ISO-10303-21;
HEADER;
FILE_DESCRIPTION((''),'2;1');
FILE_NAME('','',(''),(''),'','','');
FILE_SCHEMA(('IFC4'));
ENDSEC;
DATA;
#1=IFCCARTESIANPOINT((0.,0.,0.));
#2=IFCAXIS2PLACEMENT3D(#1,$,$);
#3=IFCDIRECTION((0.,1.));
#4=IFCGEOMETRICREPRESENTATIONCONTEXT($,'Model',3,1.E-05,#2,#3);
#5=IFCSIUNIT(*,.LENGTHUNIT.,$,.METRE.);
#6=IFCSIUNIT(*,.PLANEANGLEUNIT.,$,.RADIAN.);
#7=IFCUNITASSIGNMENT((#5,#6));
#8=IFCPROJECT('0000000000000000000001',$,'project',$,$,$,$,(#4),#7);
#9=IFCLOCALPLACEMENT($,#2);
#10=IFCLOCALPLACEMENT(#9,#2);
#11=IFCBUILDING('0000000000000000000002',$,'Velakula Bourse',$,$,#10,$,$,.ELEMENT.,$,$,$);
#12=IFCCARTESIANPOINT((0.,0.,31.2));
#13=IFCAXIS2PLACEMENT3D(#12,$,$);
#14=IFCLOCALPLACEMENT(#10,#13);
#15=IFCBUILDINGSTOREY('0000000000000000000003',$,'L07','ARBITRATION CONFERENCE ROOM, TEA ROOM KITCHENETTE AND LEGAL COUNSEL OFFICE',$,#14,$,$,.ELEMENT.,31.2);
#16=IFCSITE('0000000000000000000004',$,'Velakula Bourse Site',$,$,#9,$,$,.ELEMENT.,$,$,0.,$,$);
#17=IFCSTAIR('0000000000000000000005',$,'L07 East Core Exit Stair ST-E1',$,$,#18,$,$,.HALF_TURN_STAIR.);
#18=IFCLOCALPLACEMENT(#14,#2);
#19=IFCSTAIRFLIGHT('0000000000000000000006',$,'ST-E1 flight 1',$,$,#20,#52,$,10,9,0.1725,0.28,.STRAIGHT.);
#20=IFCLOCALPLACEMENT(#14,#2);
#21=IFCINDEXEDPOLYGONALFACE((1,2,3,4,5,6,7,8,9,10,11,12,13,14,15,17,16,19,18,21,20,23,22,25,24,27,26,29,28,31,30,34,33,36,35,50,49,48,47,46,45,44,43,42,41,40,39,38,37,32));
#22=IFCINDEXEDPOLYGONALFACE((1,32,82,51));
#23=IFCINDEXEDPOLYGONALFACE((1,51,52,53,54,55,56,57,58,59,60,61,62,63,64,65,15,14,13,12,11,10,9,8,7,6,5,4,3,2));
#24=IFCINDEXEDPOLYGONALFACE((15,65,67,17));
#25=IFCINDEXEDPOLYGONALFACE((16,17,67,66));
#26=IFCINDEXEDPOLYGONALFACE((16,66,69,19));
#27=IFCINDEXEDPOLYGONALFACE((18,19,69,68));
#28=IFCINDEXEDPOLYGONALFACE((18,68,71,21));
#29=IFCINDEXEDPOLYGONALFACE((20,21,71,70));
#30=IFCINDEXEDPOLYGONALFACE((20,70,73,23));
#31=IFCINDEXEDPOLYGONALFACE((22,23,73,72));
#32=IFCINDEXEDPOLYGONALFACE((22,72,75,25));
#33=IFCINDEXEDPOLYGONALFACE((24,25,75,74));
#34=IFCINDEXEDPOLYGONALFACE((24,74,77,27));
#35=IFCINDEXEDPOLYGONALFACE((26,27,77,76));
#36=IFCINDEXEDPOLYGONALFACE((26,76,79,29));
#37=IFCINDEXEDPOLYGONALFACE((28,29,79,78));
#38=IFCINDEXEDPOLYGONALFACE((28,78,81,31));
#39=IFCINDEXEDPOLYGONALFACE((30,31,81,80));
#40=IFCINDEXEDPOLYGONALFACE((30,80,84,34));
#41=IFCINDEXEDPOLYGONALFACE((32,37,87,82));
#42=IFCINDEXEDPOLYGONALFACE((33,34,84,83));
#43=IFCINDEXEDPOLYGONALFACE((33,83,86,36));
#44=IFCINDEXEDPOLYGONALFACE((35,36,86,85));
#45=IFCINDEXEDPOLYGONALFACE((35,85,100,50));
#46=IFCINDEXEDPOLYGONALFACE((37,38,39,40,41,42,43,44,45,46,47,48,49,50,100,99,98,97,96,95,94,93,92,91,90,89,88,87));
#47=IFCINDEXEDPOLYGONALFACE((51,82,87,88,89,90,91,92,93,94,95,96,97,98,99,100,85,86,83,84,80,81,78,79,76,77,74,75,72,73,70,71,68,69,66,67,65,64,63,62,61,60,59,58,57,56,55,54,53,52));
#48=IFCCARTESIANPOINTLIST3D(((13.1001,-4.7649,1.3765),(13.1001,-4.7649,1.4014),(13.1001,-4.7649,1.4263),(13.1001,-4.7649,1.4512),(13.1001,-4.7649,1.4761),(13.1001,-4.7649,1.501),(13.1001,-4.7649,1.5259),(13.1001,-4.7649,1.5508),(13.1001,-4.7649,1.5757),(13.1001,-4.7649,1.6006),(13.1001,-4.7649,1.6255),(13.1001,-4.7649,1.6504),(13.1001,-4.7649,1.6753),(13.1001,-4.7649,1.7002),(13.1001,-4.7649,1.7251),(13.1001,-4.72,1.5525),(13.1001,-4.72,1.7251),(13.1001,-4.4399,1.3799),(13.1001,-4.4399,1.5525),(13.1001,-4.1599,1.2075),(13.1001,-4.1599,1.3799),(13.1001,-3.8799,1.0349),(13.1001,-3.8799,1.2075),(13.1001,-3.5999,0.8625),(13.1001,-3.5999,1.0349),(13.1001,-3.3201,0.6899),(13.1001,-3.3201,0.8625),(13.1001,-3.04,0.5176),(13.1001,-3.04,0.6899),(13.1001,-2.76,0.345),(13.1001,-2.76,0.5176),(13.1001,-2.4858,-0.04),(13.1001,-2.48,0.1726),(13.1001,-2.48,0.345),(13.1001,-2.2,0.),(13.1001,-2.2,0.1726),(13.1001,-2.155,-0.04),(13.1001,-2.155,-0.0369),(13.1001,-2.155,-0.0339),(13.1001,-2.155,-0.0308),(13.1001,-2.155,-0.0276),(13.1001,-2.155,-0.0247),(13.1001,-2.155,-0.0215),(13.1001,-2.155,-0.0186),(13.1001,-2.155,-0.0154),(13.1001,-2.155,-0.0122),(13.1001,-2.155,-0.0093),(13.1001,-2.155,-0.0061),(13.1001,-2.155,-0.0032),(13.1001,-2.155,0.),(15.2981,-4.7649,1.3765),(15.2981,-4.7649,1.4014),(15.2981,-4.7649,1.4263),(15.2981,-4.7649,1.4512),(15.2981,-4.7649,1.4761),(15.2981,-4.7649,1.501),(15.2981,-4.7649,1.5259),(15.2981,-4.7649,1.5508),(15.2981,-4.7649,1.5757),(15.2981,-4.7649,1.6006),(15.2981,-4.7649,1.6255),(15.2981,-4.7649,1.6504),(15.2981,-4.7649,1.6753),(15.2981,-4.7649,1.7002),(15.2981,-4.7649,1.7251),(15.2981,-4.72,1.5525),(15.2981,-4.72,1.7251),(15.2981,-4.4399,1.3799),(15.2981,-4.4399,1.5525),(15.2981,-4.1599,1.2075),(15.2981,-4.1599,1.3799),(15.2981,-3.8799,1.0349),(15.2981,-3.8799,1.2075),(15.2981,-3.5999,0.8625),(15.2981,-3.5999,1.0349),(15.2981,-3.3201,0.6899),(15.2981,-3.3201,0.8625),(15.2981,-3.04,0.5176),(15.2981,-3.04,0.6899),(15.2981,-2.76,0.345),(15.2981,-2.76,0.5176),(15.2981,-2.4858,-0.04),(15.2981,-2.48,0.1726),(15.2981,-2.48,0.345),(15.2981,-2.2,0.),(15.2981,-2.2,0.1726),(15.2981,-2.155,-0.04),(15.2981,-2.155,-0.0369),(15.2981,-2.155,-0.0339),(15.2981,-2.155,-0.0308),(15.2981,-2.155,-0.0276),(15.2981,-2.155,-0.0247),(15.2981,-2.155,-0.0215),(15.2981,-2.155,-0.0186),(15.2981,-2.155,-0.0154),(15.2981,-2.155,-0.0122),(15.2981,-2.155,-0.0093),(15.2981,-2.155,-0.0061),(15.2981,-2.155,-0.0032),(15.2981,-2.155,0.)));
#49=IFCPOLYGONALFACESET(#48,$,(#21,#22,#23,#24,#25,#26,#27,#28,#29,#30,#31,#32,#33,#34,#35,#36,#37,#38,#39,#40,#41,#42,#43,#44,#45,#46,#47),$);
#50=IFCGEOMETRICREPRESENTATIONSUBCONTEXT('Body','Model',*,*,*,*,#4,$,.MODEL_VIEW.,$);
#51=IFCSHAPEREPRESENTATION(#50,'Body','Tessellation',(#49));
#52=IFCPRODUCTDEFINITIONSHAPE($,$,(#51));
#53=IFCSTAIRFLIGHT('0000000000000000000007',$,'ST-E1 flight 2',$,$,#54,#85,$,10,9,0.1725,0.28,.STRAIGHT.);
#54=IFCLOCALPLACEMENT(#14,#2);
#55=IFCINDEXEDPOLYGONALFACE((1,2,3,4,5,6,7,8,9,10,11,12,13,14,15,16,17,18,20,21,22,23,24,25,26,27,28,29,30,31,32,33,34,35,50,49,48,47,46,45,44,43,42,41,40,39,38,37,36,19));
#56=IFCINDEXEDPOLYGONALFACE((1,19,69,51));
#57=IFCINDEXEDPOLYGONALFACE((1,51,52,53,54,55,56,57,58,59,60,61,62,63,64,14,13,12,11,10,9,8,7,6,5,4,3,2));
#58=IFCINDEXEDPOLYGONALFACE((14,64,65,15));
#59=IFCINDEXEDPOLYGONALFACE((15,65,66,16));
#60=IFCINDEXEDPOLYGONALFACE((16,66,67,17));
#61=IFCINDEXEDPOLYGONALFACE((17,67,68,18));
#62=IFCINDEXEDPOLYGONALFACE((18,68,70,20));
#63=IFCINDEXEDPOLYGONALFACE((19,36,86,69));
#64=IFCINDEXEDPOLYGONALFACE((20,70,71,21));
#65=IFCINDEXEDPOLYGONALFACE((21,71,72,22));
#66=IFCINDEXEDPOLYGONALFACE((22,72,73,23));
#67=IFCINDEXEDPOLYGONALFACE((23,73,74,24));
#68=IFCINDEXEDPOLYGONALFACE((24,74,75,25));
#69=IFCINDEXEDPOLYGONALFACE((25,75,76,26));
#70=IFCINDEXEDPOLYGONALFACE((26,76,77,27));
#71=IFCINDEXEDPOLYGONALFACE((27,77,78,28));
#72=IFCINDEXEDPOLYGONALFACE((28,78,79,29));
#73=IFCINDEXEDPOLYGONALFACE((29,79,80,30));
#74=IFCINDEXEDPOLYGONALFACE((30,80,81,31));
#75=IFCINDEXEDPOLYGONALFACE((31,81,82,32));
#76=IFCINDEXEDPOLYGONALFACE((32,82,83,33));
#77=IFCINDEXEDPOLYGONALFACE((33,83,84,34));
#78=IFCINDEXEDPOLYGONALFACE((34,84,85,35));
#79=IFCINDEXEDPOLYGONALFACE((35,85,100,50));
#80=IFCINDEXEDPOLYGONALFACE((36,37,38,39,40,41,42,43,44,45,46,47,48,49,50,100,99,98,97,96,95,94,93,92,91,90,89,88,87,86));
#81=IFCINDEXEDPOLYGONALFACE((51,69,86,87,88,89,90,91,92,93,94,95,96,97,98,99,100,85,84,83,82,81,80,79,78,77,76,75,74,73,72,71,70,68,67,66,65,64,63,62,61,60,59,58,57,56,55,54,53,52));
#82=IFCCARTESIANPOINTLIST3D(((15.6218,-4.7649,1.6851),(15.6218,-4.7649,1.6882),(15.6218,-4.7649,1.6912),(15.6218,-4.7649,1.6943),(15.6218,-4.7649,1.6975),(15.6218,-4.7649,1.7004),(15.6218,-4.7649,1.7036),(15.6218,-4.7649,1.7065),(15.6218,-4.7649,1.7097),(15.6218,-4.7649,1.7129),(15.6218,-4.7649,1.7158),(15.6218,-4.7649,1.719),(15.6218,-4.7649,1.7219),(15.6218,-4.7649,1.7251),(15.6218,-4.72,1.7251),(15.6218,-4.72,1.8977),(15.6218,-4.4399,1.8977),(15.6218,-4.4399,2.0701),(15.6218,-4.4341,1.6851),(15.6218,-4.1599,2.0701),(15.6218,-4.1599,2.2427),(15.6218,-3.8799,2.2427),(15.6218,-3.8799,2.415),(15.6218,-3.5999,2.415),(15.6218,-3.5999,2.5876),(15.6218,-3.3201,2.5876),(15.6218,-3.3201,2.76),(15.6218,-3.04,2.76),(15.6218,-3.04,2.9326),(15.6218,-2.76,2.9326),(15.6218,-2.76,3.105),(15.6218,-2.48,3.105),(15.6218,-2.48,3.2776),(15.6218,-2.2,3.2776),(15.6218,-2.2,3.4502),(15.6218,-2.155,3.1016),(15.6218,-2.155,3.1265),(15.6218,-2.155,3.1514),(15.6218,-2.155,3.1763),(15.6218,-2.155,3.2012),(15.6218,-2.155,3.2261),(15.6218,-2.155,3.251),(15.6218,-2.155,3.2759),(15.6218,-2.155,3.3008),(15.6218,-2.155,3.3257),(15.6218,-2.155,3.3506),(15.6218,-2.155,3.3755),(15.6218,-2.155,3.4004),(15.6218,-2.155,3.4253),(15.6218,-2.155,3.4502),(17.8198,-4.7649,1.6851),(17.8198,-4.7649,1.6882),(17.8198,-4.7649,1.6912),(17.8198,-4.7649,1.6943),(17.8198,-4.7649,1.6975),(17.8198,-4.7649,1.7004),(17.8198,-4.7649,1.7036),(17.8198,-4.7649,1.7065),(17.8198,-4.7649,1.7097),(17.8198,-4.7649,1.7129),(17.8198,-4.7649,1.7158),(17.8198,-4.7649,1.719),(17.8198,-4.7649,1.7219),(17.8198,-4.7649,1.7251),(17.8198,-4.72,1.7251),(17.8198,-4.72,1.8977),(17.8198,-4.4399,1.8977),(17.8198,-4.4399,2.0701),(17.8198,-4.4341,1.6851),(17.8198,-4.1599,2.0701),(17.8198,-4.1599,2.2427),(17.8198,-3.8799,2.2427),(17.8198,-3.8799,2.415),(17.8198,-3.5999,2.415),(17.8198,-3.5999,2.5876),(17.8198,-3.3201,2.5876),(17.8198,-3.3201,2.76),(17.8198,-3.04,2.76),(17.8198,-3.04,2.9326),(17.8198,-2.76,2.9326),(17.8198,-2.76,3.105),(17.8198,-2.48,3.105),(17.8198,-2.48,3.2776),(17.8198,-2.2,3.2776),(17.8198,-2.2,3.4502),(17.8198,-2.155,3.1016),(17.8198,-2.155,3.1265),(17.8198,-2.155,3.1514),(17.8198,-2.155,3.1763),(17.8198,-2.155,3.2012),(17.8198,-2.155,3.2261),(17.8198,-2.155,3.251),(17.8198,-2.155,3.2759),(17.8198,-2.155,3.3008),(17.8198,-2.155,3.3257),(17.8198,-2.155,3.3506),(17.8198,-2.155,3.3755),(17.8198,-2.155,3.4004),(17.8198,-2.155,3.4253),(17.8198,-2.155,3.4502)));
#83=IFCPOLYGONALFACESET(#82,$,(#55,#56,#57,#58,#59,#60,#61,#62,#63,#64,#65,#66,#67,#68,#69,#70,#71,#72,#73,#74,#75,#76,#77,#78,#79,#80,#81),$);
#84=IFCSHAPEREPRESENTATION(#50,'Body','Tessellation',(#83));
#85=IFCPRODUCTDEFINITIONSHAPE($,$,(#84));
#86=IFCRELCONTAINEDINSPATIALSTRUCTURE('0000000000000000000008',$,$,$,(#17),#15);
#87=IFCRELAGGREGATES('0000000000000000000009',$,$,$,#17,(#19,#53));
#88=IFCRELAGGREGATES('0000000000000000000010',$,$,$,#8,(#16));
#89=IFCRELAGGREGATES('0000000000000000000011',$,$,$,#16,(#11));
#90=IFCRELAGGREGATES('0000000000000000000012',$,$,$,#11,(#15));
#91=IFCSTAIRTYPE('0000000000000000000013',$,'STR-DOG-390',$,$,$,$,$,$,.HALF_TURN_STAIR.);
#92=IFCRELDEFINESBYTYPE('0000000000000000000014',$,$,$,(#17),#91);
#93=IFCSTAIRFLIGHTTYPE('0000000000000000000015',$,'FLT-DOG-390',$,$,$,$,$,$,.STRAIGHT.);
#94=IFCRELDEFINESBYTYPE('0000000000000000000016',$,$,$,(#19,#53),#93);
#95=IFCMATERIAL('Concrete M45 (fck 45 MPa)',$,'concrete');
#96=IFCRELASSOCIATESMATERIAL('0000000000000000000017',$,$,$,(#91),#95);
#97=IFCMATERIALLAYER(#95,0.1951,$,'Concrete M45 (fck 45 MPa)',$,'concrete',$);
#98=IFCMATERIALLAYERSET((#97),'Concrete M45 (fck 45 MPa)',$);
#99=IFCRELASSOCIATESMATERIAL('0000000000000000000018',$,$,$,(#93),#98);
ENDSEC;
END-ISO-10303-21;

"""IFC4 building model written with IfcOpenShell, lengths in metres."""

from ifc_helpers import new_model, si_unit, direction, frame, origin, place, context, subcontext, project, spatial, polyline, outline, extrude, material, layer, layer_set, type_object, element, aggregate, save


model = new_model("IFC4")

# Units and contexts
model_context = context("Model", 3, precision=1e-05, world=origin(), true_north=direction((0.0, 1.0)))
body_context = subcontext(model_context, "Body", "Model", "MODEL_VIEW")
ifc_project = project(units=[si_unit("LENGTHUNIT", "METRE"), si_unit("PLANEANGLEUNIT", "RADIAN")], contexts=[model_context])

# Site, building, storey
site_placement = place(None, origin())
site = spatial("IfcSite", under=ifc_project, at=site_placement, Name="Velakula Bourse Site", CompositionType="ELEMENT", RefElevation=0.0)
building_placement = place(site_placement, origin())
building = spatial("IfcBuilding", under=site, at=building_placement, Name="Velakula Bourse", CompositionType="ELEMENT")
storey_placement = place(building_placement, frame((0.0, 0.0, 31.2)))
storey = spatial("IfcBuildingStorey", under=building, at=storey_placement, Name="L07", Description="ARBITRATION CONFERENCE ROOM, TEA ROOM KITCHENETTE AND LEGAL COUNSEL OFFICE", CompositionType="ELEMENT", Elevation=31.2)

# Stair, stair flights
ifc_material_1 = material(Name="Concrete M45 (fck 45 MPa)", Category="concrete")
stair_type = type_object("IfcStairType", Name="STR-DOG-390", PredefinedType="HALF_TURN_STAIR", material=ifc_material_1)
stair_placement = place(storey_placement, origin())
stair = element("IfcStair", 1, at=stair_placement, inside=storey, type_object=stair_type, Name="L07 East Core Exit Stair ST-E1", PredefinedType="HALF_TURN_STAIR")
ifc_layer_1 = layer(ifc_material_1, 0.1951, Name="Concrete M45 (fck 45 MPa)", Category="concrete")
ifc_layer_set_1 = layer_set([ifc_layer_1], Name="Concrete M45 (fck 45 MPa)")
stair_flight_type = type_object("IfcStairFlightType", Name="FLT-DOG-390", PredefinedType="STRAIGHT", material=ifc_layer_set_1)
stair_flight_1_placement = place(storey_placement, frame((14.199, -2.2, 0.0), z_axis=(0.0, 0.0, 1.0), x_axis=(0.0, -1.0, 0.0)))
stair_flight_1 = element("IfcStairFlight", 2, at=stair_flight_1_placement, type_object=stair_flight_type, Name="ST-E1 flight 1", NumberOfRisers=10, NumberOfTreads=9, PredefinedType="STRAIGHT", RiserHeight=0.1725, TreadLength=0.28, context=body_context, shape_type="SweptSolid", body=[
    extrude(outline(polyline([(-0.0449, -0.04), (-0.0449, -0.0369), (-0.0449, -0.0339), (-0.0449, -0.0308), (-0.0449, -0.0276), (-0.0449, -0.0247), (-0.0449, -0.0215), (-0.0449, -0.0186), (-0.0449, -0.0154), (-0.0449, -0.0122), (-0.0449, -0.0093), (-0.0449, -0.0061), (-0.0449, -0.0032), (-0.0449, 0.0), (0.0, 0.0), (0.0, 0.1726), (0.28, 0.1726), (0.28, 0.345), (0.5601, 0.345), (0.5601, 0.5176), (0.8401, 0.5176), (0.8401, 0.6899), (1.1201, 0.6899), (1.1201, 0.8625), (1.3999, 0.8625), (1.3999, 1.0349), (1.6799, 1.0349), (1.6799, 1.2075), (1.96, 1.2075), (1.96, 1.3799), (2.24, 1.3799), (2.24, 1.5525), (2.52, 1.5525), (2.52, 1.7251), (2.5649, 1.7251), (2.5649, 1.7002), (2.5649, 1.6753), (2.5649, 1.6504), (2.5649, 1.6255), (2.5649, 1.6006), (2.5649, 1.5757), (2.5649, 1.5508), (2.5649, 1.5259), (2.5649, 1.501), (2.5649, 1.4761), (2.5649, 1.4512), (2.5649, 1.4263), (2.5649, 1.4014), (2.5649, 1.3765), (0.2859, -0.04), (-0.0449, -0.04)])), frame((0.0, 1.0991, 0.0), z_axis=(0.0, -1.0, 0.0), x_axis=(1.0, 0.0, 0.0)), (0.0, 0.0, 1.0), 2.198),
])
stair_flight_2_placement = place(storey_placement, frame((16.7209, -4.72, 1.7251), z_axis=(0.0, 0.0, 1.0), x_axis=(0.0, 1.0, 0.0)))
stair_flight_2 = element("IfcStairFlight", 3, at=stair_flight_2_placement, type_object=stair_flight_type, Name="ST-E1 flight 2", NumberOfRisers=10, NumberOfTreads=9, PredefinedType="STRAIGHT", RiserHeight=0.1725, TreadLength=0.28, context=body_context, shape_type="SweptSolid", body=[
    extrude(outline(polyline([(-0.0449, -0.04), (-0.0449, -0.0369), (-0.0449, -0.0339), (-0.0449, -0.0308), (-0.0449, -0.0276), (-0.0449, -0.0247), (-0.0449, -0.0215), (-0.0449, -0.0186), (-0.0449, -0.0154), (-0.0449, -0.0122), (-0.0449, -0.0093), (-0.0449, -0.0061), (-0.0449, -0.0032), (-0.0449, 0.0), (0.0, 0.0), (0.0, 0.1726), (0.28, 0.1726), (0.28, 0.345), (0.5601, 0.345), (0.5601, 0.5176), (0.8401, 0.5176), (0.8401, 0.6899), (1.1201, 0.6899), (1.1201, 0.8625), (1.3999, 0.8625), (1.3999, 1.0349), (1.6799, 1.0349), (1.6799, 1.2075), (1.96, 1.2075), (1.96, 1.3799), (2.24, 1.3799), (2.24, 1.5525), (2.52, 1.5525), (2.52, 1.7251), (2.5649, 1.7251), (2.5649, 1.7002), (2.5649, 1.6753), (2.5649, 1.6504), (2.5649, 1.6255), (2.5649, 1.6006), (2.5649, 1.5757), (2.5649, 1.5508), (2.5649, 1.5259), (2.5649, 1.501), (2.5649, 1.4761), (2.5649, 1.4512), (2.5649, 1.4263), (2.5649, 1.4014), (2.5649, 1.3765), (0.2859, -0.04), (-0.0449, -0.04)])), frame((0.0, 1.0991, 0.0), z_axis=(0.0, -1.0, 0.0), x_axis=(1.0, 0.0, 0.0)), (0.0, 0.0, 1.0), 2.198),
])
aggregate(stair, [stair_flight_1, stair_flight_2])

save(model, "model.ifc")
